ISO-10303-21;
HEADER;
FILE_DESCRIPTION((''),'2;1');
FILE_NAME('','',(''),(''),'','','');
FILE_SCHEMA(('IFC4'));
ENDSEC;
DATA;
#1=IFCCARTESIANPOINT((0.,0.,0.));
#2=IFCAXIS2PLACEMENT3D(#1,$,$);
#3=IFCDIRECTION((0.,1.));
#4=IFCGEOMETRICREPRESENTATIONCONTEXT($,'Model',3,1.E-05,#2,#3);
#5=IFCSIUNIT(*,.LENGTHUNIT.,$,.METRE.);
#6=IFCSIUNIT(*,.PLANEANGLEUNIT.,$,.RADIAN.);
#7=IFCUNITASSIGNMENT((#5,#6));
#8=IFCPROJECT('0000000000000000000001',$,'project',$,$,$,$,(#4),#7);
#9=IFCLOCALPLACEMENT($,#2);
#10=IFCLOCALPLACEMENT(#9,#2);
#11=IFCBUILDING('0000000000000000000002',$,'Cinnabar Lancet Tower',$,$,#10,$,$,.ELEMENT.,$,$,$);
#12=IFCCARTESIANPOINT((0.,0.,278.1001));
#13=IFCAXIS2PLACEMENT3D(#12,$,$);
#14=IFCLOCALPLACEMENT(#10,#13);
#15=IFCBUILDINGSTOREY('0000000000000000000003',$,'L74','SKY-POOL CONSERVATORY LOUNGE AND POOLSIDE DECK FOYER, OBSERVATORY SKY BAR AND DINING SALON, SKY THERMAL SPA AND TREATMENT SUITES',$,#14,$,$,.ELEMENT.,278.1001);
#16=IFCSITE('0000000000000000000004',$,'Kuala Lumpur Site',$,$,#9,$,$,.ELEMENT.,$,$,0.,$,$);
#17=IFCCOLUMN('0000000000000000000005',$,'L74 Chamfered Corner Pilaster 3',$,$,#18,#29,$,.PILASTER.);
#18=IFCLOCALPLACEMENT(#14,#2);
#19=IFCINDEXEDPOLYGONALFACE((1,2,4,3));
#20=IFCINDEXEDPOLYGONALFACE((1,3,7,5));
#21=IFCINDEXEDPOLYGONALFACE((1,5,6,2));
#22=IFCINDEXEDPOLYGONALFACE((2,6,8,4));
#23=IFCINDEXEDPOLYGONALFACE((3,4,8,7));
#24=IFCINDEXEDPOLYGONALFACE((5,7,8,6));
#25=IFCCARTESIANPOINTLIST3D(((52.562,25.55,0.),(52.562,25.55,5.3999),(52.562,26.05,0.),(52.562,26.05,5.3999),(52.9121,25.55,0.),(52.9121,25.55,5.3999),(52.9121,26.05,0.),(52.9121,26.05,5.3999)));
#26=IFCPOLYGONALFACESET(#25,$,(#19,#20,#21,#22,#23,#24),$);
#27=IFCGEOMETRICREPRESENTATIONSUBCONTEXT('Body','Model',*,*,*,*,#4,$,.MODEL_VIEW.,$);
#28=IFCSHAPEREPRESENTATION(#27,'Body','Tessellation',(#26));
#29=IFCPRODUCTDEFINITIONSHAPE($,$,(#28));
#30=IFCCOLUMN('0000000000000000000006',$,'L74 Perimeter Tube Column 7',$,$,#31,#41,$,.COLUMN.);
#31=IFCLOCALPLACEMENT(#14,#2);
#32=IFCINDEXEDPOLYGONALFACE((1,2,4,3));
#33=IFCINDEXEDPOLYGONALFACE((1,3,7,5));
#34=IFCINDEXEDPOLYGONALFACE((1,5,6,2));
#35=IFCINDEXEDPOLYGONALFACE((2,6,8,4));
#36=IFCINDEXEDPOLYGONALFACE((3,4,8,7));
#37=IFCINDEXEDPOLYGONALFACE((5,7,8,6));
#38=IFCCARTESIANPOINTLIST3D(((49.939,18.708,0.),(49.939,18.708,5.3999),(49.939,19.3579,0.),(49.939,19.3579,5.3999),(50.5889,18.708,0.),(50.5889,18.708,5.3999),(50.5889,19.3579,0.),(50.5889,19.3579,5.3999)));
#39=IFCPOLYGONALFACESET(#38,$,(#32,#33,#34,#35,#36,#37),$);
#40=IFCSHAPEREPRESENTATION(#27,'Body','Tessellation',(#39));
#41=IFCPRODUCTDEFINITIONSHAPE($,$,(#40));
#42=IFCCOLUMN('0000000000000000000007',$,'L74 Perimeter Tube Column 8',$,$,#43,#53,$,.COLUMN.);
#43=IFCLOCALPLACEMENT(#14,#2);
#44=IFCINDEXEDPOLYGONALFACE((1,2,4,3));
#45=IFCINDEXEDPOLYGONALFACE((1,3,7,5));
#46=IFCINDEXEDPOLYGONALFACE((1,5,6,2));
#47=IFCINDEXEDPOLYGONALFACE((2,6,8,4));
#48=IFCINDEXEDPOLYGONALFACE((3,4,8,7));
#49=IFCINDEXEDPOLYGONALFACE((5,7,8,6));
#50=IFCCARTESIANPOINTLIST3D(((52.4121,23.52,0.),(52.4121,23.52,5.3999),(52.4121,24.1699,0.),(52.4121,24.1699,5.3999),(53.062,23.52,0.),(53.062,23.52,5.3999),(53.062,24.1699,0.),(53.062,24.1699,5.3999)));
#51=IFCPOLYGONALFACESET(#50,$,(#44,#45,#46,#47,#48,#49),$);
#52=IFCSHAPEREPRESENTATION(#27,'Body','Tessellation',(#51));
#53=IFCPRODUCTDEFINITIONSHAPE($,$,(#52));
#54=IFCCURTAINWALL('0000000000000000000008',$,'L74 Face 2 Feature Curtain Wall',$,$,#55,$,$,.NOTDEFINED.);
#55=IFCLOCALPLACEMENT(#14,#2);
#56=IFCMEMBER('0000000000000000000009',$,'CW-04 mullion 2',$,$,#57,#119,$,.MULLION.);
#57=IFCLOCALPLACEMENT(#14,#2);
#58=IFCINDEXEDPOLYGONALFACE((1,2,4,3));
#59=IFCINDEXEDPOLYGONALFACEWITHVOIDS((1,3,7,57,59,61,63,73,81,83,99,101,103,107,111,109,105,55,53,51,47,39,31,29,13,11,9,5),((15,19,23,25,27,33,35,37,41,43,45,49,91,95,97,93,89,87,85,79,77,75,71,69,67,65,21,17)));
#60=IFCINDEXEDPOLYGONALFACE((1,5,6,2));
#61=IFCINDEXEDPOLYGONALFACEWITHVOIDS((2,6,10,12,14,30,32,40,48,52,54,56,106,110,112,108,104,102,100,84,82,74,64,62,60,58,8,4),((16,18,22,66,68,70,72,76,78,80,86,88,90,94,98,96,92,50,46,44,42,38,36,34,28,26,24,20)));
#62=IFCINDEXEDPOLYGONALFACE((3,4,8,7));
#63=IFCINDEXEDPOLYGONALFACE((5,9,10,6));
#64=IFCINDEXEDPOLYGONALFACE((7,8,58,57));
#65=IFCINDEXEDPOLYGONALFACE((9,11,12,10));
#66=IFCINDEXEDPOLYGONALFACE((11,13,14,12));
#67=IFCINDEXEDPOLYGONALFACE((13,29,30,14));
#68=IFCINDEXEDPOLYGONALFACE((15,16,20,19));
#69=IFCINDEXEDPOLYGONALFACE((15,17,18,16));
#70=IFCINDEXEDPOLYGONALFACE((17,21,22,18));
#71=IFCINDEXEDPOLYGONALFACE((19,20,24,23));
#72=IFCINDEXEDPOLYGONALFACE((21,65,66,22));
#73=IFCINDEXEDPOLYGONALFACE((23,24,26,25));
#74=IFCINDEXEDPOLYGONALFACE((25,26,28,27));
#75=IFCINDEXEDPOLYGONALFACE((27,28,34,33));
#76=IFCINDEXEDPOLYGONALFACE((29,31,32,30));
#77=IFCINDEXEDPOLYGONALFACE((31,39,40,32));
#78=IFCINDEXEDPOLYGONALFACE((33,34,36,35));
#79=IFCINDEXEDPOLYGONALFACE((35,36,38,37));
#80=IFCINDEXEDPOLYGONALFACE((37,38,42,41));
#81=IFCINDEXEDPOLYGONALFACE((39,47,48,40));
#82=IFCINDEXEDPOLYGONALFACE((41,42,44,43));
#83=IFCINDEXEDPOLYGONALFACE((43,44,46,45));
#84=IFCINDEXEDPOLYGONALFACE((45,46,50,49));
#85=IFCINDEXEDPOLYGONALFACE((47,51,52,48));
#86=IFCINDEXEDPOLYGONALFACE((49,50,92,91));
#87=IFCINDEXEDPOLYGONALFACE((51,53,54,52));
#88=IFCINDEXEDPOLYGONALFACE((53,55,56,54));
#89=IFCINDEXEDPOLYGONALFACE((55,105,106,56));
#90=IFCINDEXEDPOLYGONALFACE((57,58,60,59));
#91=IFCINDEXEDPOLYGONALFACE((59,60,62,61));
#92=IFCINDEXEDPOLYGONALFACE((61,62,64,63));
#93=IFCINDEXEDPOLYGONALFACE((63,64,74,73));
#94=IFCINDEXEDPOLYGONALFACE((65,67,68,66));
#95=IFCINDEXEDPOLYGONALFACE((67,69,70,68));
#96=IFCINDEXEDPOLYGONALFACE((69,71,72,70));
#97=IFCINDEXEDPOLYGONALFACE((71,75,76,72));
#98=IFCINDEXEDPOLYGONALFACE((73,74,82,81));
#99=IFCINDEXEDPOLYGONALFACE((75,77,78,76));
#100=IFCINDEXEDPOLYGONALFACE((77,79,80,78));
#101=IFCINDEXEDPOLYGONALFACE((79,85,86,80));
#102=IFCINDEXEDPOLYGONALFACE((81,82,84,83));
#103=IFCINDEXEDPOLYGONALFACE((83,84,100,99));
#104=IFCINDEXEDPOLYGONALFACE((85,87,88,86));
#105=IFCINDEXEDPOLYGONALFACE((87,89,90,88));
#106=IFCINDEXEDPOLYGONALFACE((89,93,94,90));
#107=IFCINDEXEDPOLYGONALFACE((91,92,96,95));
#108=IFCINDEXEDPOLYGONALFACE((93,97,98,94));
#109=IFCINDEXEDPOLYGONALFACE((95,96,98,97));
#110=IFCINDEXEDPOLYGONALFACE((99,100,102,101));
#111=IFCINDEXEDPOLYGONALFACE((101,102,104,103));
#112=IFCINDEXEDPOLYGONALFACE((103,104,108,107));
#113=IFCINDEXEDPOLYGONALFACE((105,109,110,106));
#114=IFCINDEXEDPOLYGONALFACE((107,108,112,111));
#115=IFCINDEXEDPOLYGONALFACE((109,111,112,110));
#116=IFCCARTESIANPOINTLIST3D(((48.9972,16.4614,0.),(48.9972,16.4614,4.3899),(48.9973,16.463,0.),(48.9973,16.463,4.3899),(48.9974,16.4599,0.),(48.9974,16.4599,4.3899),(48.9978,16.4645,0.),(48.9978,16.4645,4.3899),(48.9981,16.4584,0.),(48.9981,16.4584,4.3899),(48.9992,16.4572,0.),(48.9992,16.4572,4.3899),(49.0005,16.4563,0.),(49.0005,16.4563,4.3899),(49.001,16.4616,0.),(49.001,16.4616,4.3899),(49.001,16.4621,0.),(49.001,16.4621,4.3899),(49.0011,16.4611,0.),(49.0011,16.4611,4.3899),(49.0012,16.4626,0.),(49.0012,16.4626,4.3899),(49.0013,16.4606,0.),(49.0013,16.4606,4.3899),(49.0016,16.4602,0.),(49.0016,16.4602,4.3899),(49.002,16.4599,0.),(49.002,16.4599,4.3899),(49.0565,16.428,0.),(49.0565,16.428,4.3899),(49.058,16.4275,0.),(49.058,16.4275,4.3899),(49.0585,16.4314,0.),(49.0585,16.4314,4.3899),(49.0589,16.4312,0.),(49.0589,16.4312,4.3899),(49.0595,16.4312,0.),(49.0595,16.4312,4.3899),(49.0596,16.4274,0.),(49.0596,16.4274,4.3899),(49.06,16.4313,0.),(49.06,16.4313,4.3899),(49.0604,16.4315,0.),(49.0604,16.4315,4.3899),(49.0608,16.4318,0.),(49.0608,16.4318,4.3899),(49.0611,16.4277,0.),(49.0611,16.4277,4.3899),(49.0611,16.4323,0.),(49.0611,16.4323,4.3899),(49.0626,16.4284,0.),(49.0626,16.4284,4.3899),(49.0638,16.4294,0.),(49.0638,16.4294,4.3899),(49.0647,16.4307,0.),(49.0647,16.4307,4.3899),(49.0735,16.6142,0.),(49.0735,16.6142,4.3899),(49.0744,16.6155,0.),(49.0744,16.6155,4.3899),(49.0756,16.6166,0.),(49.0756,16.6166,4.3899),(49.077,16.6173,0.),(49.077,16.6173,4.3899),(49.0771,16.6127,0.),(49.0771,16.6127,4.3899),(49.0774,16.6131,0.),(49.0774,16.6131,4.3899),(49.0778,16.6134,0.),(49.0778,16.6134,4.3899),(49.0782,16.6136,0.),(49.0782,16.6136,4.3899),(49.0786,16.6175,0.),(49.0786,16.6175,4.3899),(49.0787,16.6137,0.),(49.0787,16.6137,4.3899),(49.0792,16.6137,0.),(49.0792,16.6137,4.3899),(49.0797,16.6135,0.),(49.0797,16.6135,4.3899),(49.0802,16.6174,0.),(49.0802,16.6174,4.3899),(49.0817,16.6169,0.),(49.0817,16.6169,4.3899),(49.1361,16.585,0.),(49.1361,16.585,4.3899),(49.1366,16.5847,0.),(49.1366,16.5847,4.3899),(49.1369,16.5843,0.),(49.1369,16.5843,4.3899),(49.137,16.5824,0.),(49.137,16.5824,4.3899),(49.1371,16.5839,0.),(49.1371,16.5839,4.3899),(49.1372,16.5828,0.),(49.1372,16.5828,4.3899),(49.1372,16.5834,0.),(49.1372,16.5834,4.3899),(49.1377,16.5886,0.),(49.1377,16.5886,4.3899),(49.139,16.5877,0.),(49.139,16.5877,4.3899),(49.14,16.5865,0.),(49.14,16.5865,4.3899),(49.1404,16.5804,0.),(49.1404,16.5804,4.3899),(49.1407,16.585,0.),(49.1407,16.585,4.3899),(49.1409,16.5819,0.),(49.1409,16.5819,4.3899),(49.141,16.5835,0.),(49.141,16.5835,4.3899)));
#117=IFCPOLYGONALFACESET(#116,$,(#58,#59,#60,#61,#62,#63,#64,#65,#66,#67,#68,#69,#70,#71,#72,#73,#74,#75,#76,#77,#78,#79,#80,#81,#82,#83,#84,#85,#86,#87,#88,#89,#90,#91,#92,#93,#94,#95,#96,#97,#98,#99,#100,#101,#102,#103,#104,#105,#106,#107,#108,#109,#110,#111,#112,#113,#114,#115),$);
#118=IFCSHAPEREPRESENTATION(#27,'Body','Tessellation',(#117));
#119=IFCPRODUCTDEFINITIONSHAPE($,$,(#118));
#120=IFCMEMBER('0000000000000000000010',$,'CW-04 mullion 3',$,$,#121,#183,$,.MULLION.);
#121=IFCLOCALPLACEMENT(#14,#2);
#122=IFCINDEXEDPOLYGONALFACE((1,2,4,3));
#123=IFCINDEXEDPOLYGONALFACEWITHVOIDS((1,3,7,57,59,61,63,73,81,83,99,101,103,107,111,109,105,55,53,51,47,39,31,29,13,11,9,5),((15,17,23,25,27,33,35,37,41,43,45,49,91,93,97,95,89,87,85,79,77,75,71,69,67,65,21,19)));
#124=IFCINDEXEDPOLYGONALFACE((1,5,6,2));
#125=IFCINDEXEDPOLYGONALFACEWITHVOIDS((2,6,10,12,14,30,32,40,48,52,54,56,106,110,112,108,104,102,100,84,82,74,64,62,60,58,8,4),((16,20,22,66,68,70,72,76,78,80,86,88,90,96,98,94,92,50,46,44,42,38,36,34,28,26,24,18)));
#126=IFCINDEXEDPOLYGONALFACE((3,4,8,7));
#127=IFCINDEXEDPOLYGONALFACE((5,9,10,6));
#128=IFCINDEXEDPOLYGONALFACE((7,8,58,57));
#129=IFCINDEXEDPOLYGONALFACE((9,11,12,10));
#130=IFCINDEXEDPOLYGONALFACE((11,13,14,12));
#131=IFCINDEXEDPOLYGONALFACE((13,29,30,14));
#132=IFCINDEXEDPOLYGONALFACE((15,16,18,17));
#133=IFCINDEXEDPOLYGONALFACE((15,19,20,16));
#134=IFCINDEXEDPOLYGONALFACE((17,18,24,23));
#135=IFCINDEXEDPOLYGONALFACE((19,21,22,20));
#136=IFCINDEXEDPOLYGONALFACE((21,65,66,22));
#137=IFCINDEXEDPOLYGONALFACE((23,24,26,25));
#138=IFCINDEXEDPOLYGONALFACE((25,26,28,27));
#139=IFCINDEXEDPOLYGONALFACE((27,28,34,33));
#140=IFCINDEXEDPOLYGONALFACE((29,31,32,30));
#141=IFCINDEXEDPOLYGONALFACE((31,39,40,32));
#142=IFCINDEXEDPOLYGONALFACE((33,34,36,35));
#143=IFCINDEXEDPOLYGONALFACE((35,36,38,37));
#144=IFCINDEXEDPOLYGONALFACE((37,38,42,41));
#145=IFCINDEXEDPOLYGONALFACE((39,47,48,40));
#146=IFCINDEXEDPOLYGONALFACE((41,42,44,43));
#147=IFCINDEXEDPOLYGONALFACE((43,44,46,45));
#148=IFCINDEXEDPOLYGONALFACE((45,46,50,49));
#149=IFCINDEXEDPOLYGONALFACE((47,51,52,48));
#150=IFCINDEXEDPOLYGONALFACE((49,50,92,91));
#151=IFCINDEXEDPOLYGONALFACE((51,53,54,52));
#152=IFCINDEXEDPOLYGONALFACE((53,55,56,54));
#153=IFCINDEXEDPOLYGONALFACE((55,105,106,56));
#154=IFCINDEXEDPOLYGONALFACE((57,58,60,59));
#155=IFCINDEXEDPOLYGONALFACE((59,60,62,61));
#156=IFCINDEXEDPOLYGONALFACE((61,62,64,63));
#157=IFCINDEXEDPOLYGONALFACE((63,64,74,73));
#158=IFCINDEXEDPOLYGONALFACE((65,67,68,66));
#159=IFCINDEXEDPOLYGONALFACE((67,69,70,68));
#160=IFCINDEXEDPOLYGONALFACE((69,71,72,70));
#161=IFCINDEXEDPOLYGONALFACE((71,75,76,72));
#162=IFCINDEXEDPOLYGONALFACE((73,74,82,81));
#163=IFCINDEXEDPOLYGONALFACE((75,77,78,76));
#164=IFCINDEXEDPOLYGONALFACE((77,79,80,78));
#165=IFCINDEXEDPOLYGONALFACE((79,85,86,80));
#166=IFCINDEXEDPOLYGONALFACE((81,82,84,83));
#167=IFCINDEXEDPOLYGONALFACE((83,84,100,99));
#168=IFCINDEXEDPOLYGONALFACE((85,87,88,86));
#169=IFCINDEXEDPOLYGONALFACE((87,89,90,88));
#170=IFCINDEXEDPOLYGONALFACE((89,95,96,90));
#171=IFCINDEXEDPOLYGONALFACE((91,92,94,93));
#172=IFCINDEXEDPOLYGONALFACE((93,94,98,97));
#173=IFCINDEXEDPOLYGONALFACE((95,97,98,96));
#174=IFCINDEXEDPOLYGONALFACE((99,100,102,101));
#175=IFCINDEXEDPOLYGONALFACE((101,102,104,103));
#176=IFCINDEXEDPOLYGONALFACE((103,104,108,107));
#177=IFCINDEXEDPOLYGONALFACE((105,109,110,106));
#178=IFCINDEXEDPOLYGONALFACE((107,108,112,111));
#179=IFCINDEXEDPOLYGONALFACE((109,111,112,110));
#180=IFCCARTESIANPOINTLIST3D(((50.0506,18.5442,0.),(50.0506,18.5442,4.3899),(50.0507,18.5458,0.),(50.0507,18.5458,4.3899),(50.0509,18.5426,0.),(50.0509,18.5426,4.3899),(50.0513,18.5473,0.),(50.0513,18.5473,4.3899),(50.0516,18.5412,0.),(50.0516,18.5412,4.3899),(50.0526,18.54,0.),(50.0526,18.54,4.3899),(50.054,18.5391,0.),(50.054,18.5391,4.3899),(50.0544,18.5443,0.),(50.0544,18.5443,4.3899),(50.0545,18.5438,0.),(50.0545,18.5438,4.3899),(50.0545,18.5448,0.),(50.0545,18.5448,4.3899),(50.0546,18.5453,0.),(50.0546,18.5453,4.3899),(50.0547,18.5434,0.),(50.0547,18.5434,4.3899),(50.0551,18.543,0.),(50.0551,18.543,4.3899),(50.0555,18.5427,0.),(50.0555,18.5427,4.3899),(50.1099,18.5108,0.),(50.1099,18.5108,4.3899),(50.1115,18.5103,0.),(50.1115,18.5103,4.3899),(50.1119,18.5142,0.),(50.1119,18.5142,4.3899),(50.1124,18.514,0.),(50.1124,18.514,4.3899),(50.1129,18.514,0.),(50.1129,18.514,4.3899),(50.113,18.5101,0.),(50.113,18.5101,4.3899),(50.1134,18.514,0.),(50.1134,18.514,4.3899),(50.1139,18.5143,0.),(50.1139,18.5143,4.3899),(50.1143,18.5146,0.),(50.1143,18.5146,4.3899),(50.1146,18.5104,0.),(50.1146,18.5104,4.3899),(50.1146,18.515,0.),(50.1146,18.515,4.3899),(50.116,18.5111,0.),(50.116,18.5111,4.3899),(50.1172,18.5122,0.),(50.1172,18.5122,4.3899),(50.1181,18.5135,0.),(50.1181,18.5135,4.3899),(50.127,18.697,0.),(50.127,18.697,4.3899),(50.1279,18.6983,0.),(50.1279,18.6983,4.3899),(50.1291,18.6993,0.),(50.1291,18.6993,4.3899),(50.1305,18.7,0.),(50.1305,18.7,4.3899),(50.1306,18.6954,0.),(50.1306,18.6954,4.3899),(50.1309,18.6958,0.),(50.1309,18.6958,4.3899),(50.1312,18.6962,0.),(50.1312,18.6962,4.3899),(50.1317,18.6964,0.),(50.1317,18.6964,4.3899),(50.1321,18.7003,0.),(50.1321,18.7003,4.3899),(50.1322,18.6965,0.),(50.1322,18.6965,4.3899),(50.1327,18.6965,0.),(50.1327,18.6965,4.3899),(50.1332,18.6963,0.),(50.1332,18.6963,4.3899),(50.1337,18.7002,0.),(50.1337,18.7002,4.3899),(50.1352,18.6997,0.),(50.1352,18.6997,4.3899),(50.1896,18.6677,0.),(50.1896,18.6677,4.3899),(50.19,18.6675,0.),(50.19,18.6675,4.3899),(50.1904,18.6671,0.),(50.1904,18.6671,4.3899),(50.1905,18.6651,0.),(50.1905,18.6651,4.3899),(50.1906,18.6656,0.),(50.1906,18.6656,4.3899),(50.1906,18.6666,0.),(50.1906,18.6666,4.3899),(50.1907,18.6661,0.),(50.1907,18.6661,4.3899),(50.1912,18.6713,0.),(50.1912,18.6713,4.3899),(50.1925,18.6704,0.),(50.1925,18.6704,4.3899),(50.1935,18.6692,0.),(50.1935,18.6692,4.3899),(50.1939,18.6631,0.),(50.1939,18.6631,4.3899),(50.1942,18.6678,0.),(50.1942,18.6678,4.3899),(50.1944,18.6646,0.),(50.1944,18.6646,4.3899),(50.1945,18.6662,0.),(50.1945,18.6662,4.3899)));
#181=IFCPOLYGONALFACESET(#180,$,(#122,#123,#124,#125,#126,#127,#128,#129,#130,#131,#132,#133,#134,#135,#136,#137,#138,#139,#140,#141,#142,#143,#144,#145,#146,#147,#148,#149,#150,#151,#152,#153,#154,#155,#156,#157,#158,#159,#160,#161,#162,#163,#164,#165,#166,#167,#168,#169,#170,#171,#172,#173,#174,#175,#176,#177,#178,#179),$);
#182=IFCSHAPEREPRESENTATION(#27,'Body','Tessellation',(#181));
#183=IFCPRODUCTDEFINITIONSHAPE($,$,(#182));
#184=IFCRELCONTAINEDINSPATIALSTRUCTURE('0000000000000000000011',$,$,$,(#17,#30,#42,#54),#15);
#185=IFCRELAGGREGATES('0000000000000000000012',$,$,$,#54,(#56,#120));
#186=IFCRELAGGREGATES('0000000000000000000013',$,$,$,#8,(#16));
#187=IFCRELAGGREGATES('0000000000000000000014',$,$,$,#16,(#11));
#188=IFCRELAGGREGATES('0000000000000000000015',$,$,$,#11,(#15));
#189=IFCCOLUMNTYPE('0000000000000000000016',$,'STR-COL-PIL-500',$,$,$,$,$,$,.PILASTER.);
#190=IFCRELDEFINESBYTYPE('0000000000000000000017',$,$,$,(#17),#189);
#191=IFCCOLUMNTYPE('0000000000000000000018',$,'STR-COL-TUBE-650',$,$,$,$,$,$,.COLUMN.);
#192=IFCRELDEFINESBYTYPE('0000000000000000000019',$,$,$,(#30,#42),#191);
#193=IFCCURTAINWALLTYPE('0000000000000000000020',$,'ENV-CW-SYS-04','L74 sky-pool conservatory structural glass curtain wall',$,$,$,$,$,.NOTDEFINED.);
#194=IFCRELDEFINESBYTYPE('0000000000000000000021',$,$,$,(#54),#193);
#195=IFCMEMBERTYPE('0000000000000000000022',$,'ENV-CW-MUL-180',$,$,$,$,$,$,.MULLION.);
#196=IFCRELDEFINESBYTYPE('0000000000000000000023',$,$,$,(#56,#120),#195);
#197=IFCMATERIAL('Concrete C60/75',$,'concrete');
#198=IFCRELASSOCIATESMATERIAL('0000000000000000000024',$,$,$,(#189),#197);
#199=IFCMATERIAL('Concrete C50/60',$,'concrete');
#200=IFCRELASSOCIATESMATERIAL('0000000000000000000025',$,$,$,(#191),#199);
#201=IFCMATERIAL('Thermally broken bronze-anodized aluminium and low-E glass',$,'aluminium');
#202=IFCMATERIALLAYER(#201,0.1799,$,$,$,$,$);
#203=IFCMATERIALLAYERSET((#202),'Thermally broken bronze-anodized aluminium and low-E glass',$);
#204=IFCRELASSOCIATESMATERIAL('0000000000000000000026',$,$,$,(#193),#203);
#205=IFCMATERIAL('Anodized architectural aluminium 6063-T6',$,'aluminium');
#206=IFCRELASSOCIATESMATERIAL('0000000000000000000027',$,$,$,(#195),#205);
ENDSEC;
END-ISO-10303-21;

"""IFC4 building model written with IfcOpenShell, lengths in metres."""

from ifc_helpers import new_model, si_unit, direction, frame, origin, origin_2d, place, context, subcontext, project, spatial, rectangle, hollow_rectangle, extrude, material, layer, layer_set, material_profile, profile_set, type_object, element, aggregate, save


model = new_model("IFC4")

# Units and contexts
model_context = context("Model", 3, precision=1e-05, world=origin(), true_north=direction((0.0, 1.0)))
body_context = subcontext(model_context, "Body", "Model", "MODEL_VIEW")
ifc_project = project(units=[si_unit("LENGTHUNIT", "METRE"), si_unit("PLANEANGLEUNIT", "RADIAN")], contexts=[model_context])

# Site, building, storey
site_placement = place(None, origin())
site = spatial("IfcSite", under=ifc_project, at=site_placement, Name="Kuala Lumpur Site", CompositionType="ELEMENT", RefElevation=0.0)
building_placement = place(site_placement, origin())
building = spatial("IfcBuilding", under=site, at=building_placement, Name="Cinnabar Lancet Tower", CompositionType="ELEMENT")
storey_placement = place(building_placement, frame((0.0, 0.0, 278.1001)))
storey = spatial("IfcBuildingStorey", under=building, at=storey_placement, Name="L74", Description="SKY-POOL CONSERVATORY LOUNGE AND POOLSIDE DECK FOYER, OBSERVATORY SKY BAR AND DINING SALON, SKY THERMAL SPA AND TREATMENT SUITES", CompositionType="ELEMENT", Elevation=278.1001)

# Columns
ifc_material_1 = material(Name="Concrete C60/75", Category="concrete")
ifc_material_profile_1 = material_profile(ifc_material_1, rectangle(XDim=0.5, YDim=0.3501, at=origin_2d()), Name="RC-PIL 500x350")
ifc_profile_set_1 = profile_set([ifc_material_profile_1], Name="Concrete C60/75")
column_type_1 = type_object("IfcColumnType", Name="STR-COL-PIL-500", PredefinedType="PILASTER", material=ifc_profile_set_1)
column_placement = place(storey_placement, frame((52.7371, 25.8, 0.0), z_axis=(0.0, 0.0, 1.0), x_axis=(0.0, 1.0, 0.0)))
element("IfcColumn", 1, at=column_placement, inside=storey, type_object=column_type_1, Name="L74 Chamfered Corner Pilaster 3", PredefinedType="PILASTER", context=body_context, shape_type="SweptSolid", body=[
    extrude(rectangle(XDim=0.5, YDim=0.3501, at=origin_2d()), origin(), (0.0, 0.0, 1.0), 5.3999),
])
ifc_material_2 = material(Name="Concrete C50/60", Category="concrete")
ifc_material_profile_2 = material_profile(ifc_material_2, rectangle(XDim=0.6499, YDim=0.6499, at=origin_2d()), Name="RC-COL 650x650")
ifc_profile_set_2 = profile_set([ifc_material_profile_2], Name="Concrete C50/60")
column_type_2 = type_object("IfcColumnType", Name="STR-COL-TUBE-650", PredefinedType="COLUMN", material=ifc_profile_set_2)
for number, where, z_axis, x_axis, name in (
    (2, (50.2639, 19.033, 0.0), (0.0, 0.0, 1.0), (1.0, 0.0, 0.0), "L74 Perimeter Tube Column 7"),
    (3, (52.7371, 23.845, 0.0), (0.0, 0.0, 1.0), (1.0, 0.0, 0.0), "L74 Perimeter Tube Column 8"),
):
    element("IfcColumn", number, at=place(storey_placement, frame(where, z_axis=z_axis, x_axis=x_axis)), inside=storey, type_object=column_type_2, Name=name, PredefinedType="COLUMN", context=body_context, shape_type="SweptSolid", body=[
        extrude(rectangle(XDim=0.6499, YDim=0.6499, at=origin_2d()), origin(), (0.0, 0.0, 1.0), 5.3999),
    ])

# Curtain wall, members
ifc_material_3 = material(Name="Thermally broken bronze-anodized aluminium and low-E glass", Category="aluminium")
ifc_layer_1 = layer(ifc_material_3, 0.1799)
ifc_layer_set_1 = layer_set([ifc_layer_1], Name="Thermally broken bronze-anodized aluminium and low-E glass")
curtain_wall_type = type_object("IfcCurtainWallType", Name="ENV-CW-SYS-04", Description="L74 sky-pool conservatory structural glass curtain wall", PredefinedType="NOTDEFINED", material=ifc_layer_set_1)
curtain_wall_placement = place(storey_placement, origin())
curtain_wall = element("IfcCurtainWall", 4, at=curtain_wall_placement, inside=storey, type_object=curtain_wall_type, Name="L74 Face 2 Feature Curtain Wall", PredefinedType="NOTDEFINED")
ifc_material_4 = material(Name="Anodized architectural aluminium 6063-T6", Category="aluminium")
ifc_material_profile_3 = material_profile(ifc_material_4, hollow_rectangle(XDim=0.075, YDim=0.1799, WallThickness=0.0039, InnerFilletRadius=0.002, OuterFilletRadius=0.0061, at=origin_2d()), Name="CW-MUL 180x75x4")
ifc_profile_set_3 = profile_set([ifc_material_profile_3], Name="Anodized architectural aluminium 6063-T6")
member_type_1 = type_object("IfcMemberType", Name="ENV-CW-MUL-180", PredefinedType="MULLION", material=ifc_profile_set_3)
member_1_placement = place(storey_placement, frame((49.0691, 16.5225, 0.0), z_axis=(0.0, 0.0, 1.0), x_axis=(-0.892345, 0.451354, 0.0)))
member_1 = element("IfcMember", 5, at=member_1_placement, type_object=member_type_1, Name="CW-04 mullion 2", PredefinedType="MULLION", context=body_context, shape_type="SweptSolid", body=[
    extrude(hollow_rectangle(XDim=0.075, YDim=0.1799, WallThickness=0.0039, InnerFilletRadius=0.002, OuterFilletRadius=0.0061, at=origin_2d()), origin(), (0.0, 0.0, 1.0), 4.3899),
])
member_2_placement = place(storey_placement, frame((50.1226, 18.6052, 0.0), z_axis=(0.0, 0.0, 1.0), x_axis=(-0.892345, 0.451354, 0.0)))
member_2 = element("IfcMember", 6, at=member_2_placement, type_object=member_type_1, Name="CW-04 mullion 3", PredefinedType="MULLION", context=body_context, shape_type="SweptSolid", body=[
    extrude(hollow_rectangle(XDim=0.075, YDim=0.1799, WallThickness=0.0039, InnerFilletRadius=0.002, OuterFilletRadius=0.0061, at=origin_2d()), origin(), (0.0, 0.0, 1.0), 4.3899),
])

aggregate(curtain_wall, [member_1, member_2])

save(model, "model.ifc")
